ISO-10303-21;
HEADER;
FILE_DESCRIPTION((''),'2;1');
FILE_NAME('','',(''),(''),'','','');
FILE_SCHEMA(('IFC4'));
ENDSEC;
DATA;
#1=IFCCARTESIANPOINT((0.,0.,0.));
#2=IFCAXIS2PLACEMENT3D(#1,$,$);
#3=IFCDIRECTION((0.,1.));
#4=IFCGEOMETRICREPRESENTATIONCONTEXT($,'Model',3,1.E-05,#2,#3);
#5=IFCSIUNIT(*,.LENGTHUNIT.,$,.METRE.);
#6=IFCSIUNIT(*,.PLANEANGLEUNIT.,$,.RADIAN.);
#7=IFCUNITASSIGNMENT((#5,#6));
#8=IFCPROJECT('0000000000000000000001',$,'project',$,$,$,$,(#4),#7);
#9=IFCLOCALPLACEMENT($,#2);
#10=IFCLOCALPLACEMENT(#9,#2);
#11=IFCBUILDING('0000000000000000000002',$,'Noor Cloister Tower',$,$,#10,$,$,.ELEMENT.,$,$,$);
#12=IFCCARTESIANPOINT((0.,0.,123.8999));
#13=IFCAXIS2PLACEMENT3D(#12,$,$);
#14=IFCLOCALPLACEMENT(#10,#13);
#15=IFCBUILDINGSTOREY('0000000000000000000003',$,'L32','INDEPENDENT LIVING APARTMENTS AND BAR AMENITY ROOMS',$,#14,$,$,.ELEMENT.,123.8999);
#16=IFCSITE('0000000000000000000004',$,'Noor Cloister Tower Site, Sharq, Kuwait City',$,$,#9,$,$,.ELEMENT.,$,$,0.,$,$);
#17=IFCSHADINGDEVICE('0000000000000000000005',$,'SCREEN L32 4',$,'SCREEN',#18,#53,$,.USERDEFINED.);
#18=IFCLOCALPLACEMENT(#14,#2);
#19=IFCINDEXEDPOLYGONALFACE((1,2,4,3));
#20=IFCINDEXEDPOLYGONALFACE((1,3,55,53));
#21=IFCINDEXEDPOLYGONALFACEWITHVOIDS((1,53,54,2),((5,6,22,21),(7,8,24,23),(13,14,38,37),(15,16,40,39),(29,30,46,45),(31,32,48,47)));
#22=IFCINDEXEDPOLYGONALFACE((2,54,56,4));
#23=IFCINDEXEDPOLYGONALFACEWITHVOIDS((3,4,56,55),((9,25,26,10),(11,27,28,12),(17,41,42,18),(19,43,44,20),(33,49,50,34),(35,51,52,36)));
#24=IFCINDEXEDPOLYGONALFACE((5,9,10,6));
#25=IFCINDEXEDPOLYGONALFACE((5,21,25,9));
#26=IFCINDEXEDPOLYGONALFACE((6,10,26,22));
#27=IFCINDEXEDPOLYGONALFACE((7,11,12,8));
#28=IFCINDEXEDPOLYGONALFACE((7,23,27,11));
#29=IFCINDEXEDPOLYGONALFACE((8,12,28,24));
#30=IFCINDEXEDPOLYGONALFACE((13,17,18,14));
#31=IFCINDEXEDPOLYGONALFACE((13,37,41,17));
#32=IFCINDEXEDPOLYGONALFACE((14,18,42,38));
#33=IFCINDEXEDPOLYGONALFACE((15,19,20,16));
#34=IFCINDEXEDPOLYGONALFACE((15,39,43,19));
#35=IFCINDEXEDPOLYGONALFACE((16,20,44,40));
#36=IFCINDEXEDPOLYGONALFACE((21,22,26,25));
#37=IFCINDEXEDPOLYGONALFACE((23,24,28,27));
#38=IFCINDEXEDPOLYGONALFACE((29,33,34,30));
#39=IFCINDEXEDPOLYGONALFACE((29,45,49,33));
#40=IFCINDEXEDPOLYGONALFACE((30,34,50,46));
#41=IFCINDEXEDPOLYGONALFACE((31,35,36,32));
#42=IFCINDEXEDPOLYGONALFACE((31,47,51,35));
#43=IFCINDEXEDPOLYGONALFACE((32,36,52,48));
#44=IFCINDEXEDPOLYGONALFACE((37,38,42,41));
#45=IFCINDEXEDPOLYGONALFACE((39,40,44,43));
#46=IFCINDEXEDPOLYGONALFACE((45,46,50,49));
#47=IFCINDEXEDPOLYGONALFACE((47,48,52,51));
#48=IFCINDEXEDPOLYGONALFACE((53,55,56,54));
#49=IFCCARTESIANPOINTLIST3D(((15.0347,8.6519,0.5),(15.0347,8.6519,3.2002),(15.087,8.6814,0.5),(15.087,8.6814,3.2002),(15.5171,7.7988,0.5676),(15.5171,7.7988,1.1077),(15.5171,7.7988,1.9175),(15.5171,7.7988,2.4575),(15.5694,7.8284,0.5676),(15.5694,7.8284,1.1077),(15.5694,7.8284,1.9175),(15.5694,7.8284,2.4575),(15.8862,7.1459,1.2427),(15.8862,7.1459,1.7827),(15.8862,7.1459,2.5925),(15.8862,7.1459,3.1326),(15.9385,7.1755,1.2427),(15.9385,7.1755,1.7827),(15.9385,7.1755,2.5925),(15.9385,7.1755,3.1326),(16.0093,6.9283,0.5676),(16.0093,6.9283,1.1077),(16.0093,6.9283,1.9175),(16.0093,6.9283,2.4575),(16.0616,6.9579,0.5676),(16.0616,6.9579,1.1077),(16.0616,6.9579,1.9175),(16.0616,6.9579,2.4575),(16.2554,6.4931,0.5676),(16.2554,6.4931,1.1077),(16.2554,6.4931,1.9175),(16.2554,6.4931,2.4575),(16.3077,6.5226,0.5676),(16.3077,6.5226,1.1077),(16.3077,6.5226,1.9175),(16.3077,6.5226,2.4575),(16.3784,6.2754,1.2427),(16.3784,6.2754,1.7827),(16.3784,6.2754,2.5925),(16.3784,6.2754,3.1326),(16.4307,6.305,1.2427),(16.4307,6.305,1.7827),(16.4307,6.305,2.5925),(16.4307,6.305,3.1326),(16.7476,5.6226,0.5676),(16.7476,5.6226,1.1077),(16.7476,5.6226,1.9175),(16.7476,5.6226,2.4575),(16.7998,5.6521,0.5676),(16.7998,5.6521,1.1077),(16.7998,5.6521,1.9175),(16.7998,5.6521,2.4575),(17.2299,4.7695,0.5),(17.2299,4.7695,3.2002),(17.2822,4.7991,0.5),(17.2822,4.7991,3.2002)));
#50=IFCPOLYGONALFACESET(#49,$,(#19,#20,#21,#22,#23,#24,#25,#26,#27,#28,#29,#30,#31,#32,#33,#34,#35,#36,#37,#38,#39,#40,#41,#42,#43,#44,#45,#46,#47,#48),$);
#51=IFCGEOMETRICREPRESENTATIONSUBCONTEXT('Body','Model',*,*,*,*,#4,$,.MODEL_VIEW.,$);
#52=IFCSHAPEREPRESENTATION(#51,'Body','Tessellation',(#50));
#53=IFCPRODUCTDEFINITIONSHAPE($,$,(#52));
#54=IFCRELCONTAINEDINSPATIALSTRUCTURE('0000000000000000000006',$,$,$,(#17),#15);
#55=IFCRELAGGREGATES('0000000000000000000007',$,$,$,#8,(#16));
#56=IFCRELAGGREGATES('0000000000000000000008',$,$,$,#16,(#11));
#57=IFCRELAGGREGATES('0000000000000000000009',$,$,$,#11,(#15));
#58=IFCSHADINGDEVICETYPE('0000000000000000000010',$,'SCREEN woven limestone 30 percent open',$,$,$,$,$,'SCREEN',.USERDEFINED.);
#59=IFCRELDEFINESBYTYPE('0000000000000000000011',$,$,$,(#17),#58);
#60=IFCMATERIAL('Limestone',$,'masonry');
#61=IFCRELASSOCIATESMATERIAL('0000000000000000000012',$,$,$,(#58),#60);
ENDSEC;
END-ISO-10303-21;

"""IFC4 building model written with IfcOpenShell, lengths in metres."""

from ifc_helpers import new_model, si_unit, direction, frame, origin, place, context, subcontext, project, spatial, polyline, outline, extrude, material, material_profile, profile_set, type_object, element, save


model = new_model("IFC4")

# Units and contexts
model_context = context("Model", 3, precision=1e-05, world=origin(), true_north=direction((0.0, 1.0)))
body_context = subcontext(model_context, "Body", "Model", "MODEL_VIEW")
ifc_project = project(units=[si_unit("LENGTHUNIT", "METRE"), si_unit("PLANEANGLEUNIT", "RADIAN")], contexts=[model_context])

# Site, building, storey
site_placement = place(None, origin())
site = spatial("IfcSite", under=ifc_project, at=site_placement, Name="Noor Cloister Tower Site, Sharq, Kuwait City", CompositionType="ELEMENT", RefElevation=0.0)
building_placement = place(site_placement, origin())
building = spatial("IfcBuilding", under=site, at=building_placement, Name="Noor Cloister Tower", CompositionType="ELEMENT")
storey_placement = place(building_placement, frame((0.0, 0.0, 123.8999)))
storey = spatial("IfcBuildingStorey", under=building, at=storey_placement, Name="L32", Description="INDEPENDENT LIVING APARTMENTS AND BAR AMENITY ROOMS", CompositionType="ELEMENT", Elevation=123.8999)

# Shading device
ifc_material_1 = material(Name="Limestone", Category="masonry")
ifc_material_profile_1 = material_profile(ifc_material_1, outline(polyline([(-2.23, -1.3501), (2.23, -1.3501), (2.23, 1.3501), (-2.23, 1.3501), (-2.23, -1.3501)]), holes=[polyline([(-1.25, -1.2825), (-0.25, -1.2825), (-0.25, -0.7424), (-1.25, -0.7424), (-1.25, -1.2825)]), polyline([(0.25, -1.2825), (1.25, -1.2825), (1.25, -0.7424), (0.25, -0.7424), (0.25, -1.2825)]), polyline([(-0.5, -0.6074), (0.5, -0.6074), (0.5, -0.0674), (-0.5, -0.0674), (-0.5, -0.6074)]), polyline([(-1.25, 0.0674), (-0.25, 0.0674), (-0.25, 0.6074), (-1.25, 0.6074), (-1.25, 0.0674)]), polyline([(0.25, 0.0674), (1.25, 0.0674), (1.25, 0.6074), (0.25, 0.6074), (0.25, 0.0674)]), polyline([(-0.5, 0.7424), (0.5, 0.7424), (0.5, 1.2825), (-0.5, 1.2825), (-0.5, 0.7424)])]), Name="Woven screen 30 percent open")
ifc_profile_set_1 = profile_set([ifc_material_profile_1], Name="Limestone")
shading_device_type = type_object("IfcShadingDeviceType", Name="SCREEN woven limestone 30 percent open", ElementType="SCREEN", PredefinedType="USERDEFINED", material=ifc_profile_set_1)
shading_device_1_placement = place(storey_placement, frame((16.1323, 6.7107, 1.8501), z_axis=(0.870487, 0.492191, 0.0), x_axis=(-0.492191, 0.870487, 0.0)))
element("IfcShadingDevice", 1, at=shading_device_1_placement, inside=storey, type_object=shading_device_type, Name="SCREEN L32 4", ObjectType="SCREEN", PredefinedType="USERDEFINED", context=body_context, shape_type="SweptSolid", body=[
    extrude(outline(polyline([(-2.23, -1.3501), (2.23, -1.3501), (2.23, 1.3501), (-2.23, 1.3501), (-2.23, -1.3501)]), holes=[polyline([(-1.25, -1.2825), (-0.25, -1.2825), (-0.25, -0.7424), (-1.25, -0.7424), (-1.25, -1.2825)]), polyline([(0.25, -1.2825), (1.25, -1.2825), (1.25, -0.7424), (0.25, -0.7424), (0.25, -1.2825)]), polyline([(-0.5, -0.6074), (0.5, -0.6074), (0.5, -0.0674), (-0.5, -0.0674), (-0.5, -0.6074)]), polyline([(-1.25, 0.0674), (-0.25, 0.0674), (-0.25, 0.6074), (-1.25, 0.6074), (-1.25, 0.0674)]), polyline([(0.25, 0.0674), (1.25, 0.0674), (1.25, 0.6074), (0.25, 0.6074), (0.25, 0.0674)]), polyline([(-0.5, 0.7424), (0.5, 0.7424), (0.5, 1.2825), (-0.5, 1.2825), (-0.5, 0.7424)])]), origin(), (0.0, 0.0, 1.0), 0.0601),
])

save(model, "model.ifc")
